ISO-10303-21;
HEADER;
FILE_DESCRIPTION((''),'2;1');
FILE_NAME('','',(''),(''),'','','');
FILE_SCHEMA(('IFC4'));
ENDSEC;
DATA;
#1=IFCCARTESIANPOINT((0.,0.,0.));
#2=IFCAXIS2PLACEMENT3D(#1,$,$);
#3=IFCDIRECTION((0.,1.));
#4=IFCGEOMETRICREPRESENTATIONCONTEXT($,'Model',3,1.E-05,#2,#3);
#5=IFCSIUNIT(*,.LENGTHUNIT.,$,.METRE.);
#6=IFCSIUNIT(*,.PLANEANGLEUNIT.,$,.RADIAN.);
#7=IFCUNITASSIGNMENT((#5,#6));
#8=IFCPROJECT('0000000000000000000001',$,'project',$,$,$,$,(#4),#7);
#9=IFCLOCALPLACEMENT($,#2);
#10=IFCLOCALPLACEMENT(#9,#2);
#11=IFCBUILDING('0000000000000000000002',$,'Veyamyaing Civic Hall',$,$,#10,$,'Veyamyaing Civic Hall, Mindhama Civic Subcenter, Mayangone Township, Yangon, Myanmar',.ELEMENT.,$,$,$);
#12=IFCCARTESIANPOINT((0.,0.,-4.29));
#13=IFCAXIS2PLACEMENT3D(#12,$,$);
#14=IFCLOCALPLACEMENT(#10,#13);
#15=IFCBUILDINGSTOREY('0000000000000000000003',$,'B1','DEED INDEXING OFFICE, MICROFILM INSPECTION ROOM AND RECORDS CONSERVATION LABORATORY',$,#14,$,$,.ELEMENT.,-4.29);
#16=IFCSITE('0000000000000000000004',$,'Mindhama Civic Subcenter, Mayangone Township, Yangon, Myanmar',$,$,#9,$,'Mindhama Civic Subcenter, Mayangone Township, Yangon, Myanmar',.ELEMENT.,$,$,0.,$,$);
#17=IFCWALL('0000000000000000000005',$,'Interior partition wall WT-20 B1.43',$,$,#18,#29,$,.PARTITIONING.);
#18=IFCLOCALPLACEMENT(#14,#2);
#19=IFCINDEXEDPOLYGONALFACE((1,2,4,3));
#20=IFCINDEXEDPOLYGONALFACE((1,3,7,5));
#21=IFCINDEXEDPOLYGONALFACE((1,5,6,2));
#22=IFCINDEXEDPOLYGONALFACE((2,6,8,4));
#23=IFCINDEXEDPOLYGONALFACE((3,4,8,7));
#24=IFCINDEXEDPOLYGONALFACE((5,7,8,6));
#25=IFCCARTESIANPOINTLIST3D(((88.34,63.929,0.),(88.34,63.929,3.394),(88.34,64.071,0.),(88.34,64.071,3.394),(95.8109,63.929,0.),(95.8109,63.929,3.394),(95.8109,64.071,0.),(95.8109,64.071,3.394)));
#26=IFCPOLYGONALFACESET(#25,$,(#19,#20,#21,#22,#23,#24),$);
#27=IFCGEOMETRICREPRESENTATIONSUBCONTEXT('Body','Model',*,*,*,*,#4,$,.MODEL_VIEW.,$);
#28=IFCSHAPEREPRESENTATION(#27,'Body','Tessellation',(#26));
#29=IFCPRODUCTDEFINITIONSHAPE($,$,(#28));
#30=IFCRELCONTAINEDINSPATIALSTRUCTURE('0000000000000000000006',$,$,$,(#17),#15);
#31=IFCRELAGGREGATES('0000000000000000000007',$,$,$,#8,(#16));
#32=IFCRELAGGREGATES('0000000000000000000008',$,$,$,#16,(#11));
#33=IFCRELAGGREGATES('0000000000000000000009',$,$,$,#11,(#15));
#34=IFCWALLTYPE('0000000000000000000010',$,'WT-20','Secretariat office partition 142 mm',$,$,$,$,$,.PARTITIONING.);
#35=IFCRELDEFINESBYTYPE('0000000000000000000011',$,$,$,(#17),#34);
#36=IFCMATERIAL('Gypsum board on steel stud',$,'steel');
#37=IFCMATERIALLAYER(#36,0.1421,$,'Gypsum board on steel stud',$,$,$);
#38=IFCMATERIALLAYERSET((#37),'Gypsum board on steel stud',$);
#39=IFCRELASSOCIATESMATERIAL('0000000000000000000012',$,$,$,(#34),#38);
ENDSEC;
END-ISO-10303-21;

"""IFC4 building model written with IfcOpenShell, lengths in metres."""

from ifc_helpers import new_model, si_unit, direction, frame, frame_2d, origin, place, context, subcontext, project, spatial, rectangle, extrude, material, layer, layer_set, type_object, element, save


model = new_model("IFC4")

# Units and contexts
model_context = context("Model", 3, precision=1e-05, world=origin(), true_north=direction((0.0, 1.0)))
body_context = subcontext(model_context, "Body", "Model", "MODEL_VIEW")
ifc_project = project(units=[si_unit("LENGTHUNIT", "METRE"), si_unit("PLANEANGLEUNIT", "RADIAN")], contexts=[model_context])

# Site, building, storey
site_placement = place(None, origin())
site = spatial("IfcSite", under=ifc_project, at=site_placement, Name="Mindhama Civic Subcenter, Mayangone Township, Yangon, Myanmar", LongName="Mindhama Civic Subcenter, Mayangone Township, Yangon, Myanmar", CompositionType="ELEMENT", RefElevation=0.0)
building_placement = place(site_placement, origin())
building = spatial("IfcBuilding", under=site, at=building_placement, Name="Veyamyaing Civic Hall", LongName="Veyamyaing Civic Hall, Mindhama Civic Subcenter, Mayangone Township, Yangon, Myanmar", CompositionType="ELEMENT")
storey_placement = place(building_placement, frame((0.0, 0.0, -4.29)))
storey = spatial("IfcBuildingStorey", under=building, at=storey_placement, Name="B1", Description="DEED INDEXING OFFICE, MICROFILM INSPECTION ROOM AND RECORDS CONSERVATION LABORATORY", CompositionType="ELEMENT", Elevation=-4.29)

# Wall
ifc_material_1 = material(Name="Gypsum board on steel stud", Category="steel")
ifc_layer_1 = layer(ifc_material_1, 0.1421, Name="Gypsum board on steel stud")
ifc_layer_set_1 = layer_set([ifc_layer_1], Name="Gypsum board on steel stud")
wall_type_1 = type_object("IfcWallType", Name="WT-20", Description="Secretariat office partition 142 mm", PredefinedType="PARTITIONING", material=ifc_layer_set_1)
wall_1_placement = place(storey_placement, frame((88.3401, 64.0, 0.0), z_axis=(0.0, 0.0, 1.0), x_axis=(1.0, 0.0, 0.0)))
element("IfcWall", 1, at=wall_1_placement, inside=storey, type_object=wall_type_1, Name="Interior partition wall WT-20 B1.43", PredefinedType="PARTITIONING", context=body_context, shape_type="SweptSolid", body=[
    extrude(rectangle(XDim=7.4709, YDim=0.1421, at=frame_2d((3.7354, 0.0))), origin(), (0.0, 0.0, 1.0), 3.394),
])

save(model, "model.ifc")
